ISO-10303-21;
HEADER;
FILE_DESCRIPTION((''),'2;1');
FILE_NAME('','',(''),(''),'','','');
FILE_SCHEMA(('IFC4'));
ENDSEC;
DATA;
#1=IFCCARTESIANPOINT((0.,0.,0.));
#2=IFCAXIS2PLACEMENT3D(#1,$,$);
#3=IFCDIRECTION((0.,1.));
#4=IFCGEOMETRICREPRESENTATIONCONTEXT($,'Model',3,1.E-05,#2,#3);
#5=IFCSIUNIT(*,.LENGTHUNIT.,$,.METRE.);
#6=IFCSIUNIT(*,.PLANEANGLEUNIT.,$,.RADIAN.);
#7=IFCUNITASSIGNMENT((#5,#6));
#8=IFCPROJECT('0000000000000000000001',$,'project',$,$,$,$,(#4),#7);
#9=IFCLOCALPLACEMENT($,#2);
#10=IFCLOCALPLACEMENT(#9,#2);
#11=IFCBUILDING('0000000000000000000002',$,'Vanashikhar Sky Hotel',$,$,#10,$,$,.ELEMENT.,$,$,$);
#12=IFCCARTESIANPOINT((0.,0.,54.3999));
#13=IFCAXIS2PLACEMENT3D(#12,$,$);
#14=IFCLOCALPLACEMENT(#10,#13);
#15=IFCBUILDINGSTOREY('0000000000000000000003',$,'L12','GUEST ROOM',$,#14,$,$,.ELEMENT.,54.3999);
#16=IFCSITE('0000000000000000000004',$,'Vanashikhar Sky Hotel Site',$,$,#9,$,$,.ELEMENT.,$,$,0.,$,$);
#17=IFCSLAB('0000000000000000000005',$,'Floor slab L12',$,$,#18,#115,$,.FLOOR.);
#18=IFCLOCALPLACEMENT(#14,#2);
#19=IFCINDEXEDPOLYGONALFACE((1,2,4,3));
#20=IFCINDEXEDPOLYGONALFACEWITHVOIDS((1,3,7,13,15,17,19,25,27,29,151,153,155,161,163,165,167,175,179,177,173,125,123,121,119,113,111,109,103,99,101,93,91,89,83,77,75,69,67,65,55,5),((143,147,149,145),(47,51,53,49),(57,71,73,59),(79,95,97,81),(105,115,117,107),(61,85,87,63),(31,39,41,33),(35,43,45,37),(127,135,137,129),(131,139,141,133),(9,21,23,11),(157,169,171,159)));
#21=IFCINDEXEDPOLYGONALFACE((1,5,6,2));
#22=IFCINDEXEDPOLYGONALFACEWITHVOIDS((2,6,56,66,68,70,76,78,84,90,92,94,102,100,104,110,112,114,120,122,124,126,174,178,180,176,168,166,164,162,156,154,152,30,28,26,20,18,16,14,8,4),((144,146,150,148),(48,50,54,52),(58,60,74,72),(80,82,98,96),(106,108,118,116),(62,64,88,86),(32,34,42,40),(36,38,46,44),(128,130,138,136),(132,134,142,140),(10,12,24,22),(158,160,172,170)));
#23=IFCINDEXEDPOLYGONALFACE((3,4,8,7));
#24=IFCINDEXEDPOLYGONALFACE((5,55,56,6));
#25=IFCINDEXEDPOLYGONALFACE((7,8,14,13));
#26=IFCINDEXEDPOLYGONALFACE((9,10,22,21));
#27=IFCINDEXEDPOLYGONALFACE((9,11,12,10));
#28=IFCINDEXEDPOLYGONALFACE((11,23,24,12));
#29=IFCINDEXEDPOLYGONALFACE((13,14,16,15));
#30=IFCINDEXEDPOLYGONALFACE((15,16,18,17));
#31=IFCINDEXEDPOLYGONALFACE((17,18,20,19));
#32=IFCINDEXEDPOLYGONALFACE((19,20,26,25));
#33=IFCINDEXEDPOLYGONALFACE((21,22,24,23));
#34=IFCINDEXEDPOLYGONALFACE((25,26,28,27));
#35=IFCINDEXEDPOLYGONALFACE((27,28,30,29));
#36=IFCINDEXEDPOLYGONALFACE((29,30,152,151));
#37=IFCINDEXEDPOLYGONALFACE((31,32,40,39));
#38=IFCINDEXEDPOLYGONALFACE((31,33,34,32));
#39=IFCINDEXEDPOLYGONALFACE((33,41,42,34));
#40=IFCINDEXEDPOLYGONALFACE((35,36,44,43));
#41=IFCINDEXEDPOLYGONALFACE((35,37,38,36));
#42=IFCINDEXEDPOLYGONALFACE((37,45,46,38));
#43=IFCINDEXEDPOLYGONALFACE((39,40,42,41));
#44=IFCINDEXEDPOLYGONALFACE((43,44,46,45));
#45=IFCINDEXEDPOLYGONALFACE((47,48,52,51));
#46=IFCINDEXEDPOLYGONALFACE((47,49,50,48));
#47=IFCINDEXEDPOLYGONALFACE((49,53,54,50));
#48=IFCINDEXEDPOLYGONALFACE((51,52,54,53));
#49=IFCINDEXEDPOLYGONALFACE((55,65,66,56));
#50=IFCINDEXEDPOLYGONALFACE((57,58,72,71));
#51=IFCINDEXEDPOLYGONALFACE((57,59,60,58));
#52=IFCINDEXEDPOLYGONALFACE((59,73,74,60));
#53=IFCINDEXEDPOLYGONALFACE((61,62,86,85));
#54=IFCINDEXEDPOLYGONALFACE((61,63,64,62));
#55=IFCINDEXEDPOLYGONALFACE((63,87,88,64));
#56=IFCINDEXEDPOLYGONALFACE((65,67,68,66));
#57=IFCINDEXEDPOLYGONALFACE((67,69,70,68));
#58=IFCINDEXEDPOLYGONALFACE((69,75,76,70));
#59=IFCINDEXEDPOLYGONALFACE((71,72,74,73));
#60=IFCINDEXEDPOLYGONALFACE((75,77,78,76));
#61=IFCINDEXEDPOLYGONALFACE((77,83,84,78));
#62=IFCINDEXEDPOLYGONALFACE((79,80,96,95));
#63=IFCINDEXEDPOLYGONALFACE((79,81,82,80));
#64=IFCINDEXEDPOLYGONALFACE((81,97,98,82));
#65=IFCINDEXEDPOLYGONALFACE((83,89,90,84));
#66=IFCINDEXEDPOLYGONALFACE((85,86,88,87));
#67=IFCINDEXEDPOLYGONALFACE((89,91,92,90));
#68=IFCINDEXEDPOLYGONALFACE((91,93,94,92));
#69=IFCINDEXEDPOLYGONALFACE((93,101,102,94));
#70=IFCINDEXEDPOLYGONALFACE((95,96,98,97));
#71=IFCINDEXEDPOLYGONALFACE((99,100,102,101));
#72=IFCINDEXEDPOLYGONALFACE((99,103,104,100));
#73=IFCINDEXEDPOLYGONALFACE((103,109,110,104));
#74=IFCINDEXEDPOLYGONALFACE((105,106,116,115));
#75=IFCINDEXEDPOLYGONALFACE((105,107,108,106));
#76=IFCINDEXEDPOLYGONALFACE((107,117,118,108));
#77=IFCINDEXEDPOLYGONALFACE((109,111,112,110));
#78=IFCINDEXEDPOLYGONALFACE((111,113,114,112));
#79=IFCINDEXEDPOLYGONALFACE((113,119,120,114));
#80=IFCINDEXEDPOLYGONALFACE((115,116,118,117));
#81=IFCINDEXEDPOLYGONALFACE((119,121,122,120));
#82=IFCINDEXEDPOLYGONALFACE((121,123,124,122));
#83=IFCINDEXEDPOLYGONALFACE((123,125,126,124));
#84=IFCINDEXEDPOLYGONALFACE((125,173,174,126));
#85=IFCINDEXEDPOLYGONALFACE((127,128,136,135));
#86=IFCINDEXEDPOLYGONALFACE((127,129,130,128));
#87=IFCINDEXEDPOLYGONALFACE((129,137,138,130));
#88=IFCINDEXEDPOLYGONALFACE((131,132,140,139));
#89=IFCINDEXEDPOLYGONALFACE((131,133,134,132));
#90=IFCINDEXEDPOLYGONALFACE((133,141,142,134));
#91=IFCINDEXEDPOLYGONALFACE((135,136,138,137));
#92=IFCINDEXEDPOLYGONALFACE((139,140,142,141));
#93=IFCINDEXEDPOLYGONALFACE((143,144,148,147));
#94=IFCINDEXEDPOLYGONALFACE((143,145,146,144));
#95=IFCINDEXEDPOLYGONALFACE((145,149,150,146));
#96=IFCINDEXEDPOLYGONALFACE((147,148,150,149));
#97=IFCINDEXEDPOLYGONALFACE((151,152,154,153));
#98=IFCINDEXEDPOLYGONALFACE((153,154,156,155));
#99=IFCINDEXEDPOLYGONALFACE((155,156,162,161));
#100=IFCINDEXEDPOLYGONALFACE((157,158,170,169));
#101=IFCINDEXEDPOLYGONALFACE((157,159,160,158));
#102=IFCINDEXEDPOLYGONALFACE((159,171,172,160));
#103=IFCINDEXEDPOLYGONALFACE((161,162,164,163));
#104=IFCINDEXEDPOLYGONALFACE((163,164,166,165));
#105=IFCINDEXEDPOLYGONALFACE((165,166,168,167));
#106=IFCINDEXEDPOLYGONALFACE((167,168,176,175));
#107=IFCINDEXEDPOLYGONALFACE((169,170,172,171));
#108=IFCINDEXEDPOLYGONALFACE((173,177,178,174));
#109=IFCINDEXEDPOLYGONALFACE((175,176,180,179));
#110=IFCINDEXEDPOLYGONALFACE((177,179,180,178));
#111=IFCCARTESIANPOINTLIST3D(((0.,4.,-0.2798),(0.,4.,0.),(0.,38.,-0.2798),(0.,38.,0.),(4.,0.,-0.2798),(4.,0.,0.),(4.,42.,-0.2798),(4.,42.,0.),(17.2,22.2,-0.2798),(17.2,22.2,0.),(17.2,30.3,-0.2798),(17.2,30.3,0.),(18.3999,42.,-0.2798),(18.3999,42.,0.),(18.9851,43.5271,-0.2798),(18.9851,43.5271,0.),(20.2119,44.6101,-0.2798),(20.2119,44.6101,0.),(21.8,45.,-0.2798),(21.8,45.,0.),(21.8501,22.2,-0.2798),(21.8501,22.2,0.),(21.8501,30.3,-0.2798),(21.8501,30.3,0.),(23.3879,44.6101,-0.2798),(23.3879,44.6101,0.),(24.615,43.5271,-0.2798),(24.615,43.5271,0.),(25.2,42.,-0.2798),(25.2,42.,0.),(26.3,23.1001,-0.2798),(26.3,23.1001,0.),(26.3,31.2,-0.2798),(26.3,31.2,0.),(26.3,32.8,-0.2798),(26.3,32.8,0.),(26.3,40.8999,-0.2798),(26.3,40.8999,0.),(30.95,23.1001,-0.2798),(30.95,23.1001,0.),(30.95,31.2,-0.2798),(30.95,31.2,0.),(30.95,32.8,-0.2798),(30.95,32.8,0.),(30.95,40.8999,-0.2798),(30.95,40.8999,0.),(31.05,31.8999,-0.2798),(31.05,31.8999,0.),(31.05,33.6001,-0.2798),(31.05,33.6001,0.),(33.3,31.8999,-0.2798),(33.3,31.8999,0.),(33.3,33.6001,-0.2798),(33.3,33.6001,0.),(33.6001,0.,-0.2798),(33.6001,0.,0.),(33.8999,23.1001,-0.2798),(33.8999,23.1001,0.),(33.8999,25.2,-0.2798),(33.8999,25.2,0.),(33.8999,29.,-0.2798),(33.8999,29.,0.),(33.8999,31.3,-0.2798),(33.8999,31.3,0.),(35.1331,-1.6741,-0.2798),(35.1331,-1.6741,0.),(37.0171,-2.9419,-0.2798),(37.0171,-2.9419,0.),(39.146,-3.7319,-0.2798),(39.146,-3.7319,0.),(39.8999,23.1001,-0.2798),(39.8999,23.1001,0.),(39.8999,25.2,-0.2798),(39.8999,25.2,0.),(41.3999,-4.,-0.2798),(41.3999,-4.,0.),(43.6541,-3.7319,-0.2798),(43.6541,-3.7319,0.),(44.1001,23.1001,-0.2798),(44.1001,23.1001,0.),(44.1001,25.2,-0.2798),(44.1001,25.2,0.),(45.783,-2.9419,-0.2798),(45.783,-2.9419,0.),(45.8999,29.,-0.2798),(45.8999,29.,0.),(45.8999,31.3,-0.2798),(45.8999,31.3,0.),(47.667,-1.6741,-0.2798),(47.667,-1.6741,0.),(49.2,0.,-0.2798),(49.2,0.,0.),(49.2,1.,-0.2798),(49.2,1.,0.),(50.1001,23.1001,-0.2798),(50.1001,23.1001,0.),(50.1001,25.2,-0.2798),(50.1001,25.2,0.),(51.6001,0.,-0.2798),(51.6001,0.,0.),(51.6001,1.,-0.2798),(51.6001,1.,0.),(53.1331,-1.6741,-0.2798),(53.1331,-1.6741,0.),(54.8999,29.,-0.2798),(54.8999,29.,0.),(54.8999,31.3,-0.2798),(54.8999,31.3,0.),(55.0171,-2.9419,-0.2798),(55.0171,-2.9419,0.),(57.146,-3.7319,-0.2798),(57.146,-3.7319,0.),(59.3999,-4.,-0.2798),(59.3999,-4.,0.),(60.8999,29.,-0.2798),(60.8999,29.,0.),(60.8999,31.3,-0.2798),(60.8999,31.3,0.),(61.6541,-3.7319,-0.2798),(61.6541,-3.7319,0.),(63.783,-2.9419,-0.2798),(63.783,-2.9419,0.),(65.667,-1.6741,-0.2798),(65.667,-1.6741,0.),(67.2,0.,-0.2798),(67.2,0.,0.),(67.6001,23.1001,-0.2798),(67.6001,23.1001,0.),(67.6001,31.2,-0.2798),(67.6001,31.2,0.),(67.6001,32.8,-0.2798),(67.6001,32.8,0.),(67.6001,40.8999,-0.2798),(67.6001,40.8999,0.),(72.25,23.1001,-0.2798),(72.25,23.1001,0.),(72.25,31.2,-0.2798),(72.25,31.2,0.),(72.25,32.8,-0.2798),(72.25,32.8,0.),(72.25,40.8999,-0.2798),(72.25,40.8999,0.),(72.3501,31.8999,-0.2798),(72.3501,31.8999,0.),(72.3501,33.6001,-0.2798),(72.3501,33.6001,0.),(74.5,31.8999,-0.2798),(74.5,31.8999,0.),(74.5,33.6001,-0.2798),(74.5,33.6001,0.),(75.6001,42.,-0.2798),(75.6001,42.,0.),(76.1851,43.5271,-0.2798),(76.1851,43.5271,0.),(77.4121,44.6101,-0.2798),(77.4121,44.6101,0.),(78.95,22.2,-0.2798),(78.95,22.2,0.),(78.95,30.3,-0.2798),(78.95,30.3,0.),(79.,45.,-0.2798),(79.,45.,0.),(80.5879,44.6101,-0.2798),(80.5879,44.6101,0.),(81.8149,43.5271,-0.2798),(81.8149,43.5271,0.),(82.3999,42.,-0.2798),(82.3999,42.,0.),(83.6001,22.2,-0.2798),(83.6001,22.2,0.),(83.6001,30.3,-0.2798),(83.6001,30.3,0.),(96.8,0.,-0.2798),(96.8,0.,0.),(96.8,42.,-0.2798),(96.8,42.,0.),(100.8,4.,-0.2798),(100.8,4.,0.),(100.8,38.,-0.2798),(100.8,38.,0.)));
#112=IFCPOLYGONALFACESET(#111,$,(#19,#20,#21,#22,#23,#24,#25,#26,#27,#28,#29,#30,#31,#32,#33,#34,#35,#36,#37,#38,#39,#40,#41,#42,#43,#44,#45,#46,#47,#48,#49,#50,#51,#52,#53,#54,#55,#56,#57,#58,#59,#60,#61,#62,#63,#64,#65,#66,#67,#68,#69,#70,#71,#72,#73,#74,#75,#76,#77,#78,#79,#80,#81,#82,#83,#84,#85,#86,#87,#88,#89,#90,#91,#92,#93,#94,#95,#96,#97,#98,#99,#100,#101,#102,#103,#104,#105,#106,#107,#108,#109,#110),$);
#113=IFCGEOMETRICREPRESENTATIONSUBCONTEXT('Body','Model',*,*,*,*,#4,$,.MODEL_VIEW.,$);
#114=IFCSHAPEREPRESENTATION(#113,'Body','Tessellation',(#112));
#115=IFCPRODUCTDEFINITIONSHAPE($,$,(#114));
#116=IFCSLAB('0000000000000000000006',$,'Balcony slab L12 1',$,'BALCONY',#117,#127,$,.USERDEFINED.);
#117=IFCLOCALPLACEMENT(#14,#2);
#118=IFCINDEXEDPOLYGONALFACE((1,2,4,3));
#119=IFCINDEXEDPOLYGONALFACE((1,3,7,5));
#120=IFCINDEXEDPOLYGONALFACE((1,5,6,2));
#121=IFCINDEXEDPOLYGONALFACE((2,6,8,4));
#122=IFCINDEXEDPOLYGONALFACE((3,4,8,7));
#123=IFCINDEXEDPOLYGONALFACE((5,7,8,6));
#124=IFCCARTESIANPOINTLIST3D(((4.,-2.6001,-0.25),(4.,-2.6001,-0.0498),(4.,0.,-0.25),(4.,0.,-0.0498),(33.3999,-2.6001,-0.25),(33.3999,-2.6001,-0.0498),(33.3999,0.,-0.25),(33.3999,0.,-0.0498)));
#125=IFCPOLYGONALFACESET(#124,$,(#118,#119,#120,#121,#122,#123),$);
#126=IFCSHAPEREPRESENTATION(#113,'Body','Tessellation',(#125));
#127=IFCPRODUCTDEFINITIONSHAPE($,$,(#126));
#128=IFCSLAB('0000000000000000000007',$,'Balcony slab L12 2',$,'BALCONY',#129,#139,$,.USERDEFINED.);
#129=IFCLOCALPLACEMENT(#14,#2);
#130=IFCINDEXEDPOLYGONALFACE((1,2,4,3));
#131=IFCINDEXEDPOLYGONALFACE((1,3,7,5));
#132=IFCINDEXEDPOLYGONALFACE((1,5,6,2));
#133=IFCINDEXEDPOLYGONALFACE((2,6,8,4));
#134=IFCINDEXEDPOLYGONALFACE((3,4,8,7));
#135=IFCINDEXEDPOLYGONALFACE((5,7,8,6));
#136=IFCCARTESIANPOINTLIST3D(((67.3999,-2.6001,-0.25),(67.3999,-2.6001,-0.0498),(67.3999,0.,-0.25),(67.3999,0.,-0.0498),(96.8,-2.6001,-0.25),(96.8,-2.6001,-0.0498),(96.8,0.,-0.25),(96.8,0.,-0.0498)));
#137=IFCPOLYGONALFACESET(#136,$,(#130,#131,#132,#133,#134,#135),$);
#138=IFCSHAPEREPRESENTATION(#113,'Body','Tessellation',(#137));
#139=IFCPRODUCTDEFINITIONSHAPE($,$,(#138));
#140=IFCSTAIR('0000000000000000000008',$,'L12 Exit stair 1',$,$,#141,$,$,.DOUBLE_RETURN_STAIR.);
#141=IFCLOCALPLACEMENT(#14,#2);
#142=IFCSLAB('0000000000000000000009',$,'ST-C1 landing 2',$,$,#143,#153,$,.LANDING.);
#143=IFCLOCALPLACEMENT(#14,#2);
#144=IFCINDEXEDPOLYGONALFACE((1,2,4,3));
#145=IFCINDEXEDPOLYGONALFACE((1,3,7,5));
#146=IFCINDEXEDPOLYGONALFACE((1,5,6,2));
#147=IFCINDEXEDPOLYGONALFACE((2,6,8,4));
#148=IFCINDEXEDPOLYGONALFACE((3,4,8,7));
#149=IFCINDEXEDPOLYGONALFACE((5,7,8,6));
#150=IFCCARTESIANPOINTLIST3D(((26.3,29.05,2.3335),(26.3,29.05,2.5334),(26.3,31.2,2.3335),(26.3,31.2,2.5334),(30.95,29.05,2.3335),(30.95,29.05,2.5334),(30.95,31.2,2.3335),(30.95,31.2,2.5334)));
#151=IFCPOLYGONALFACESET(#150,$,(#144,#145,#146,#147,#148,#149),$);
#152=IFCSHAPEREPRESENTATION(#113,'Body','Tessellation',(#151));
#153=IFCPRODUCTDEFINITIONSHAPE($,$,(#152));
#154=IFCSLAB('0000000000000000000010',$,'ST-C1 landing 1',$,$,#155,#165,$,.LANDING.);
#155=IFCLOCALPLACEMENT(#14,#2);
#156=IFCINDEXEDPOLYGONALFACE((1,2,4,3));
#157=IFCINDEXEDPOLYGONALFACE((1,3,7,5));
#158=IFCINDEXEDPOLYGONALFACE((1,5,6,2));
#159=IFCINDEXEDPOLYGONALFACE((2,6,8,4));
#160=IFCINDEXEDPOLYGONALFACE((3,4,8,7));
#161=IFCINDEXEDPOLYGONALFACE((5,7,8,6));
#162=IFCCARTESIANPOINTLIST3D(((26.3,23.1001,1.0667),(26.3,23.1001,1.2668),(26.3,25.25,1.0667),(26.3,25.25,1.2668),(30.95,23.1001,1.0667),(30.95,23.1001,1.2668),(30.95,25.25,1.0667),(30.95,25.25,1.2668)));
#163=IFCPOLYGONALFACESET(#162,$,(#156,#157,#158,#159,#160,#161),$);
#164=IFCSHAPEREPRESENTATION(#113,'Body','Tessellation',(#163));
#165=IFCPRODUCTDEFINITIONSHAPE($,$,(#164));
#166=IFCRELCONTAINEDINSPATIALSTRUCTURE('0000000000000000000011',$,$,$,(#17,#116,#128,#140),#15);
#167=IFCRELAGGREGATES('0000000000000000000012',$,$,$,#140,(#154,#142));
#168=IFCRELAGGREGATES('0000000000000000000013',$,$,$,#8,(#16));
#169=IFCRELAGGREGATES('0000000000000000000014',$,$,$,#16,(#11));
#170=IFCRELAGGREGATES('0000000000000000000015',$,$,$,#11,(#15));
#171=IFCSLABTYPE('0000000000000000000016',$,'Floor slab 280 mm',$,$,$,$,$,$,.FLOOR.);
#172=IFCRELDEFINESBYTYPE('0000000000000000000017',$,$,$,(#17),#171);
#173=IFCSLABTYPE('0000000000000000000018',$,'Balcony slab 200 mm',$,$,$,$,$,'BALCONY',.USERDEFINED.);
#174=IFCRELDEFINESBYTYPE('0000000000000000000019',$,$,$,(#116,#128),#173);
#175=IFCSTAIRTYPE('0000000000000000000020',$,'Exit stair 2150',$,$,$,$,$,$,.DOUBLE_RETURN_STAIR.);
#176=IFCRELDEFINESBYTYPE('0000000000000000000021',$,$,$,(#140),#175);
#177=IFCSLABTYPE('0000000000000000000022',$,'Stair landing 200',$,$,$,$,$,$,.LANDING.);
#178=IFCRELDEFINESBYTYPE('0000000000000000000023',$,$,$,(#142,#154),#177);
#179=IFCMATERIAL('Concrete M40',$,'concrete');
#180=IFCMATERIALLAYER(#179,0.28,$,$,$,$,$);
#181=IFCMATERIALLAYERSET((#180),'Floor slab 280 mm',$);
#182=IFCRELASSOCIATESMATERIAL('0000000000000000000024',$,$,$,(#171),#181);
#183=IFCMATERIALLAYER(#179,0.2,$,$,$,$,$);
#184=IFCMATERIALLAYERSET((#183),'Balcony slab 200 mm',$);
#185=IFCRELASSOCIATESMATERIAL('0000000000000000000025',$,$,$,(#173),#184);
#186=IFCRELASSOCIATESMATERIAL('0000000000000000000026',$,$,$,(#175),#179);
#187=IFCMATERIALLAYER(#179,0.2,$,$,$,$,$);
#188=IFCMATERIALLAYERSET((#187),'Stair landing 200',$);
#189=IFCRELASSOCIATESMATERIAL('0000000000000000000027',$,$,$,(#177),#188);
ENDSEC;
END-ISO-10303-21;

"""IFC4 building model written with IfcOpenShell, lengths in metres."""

from ifc_helpers import new_model, si_unit, direction, frame, origin, place, context, subcontext, project, spatial, polyline, outline, extrude, source, transform, mapped, material, layer, layer_set, type_object, element, aggregate, save


model = new_model("IFC4")

# Units and contexts
model_context = context("Model", 3, precision=1e-05, world=origin(), true_north=direction((0.0, 1.0)))
body_context = subcontext(model_context, "Body", "Model", "MODEL_VIEW")
ifc_project = project(units=[si_unit("LENGTHUNIT", "METRE"), si_unit("PLANEANGLEUNIT", "RADIAN")], contexts=[model_context])

# Site, building, storey
site_placement = place(None, origin())
site = spatial("IfcSite", under=ifc_project, at=site_placement, Name="Vanashikhar Sky Hotel Site", CompositionType="ELEMENT", RefElevation=0.0)
building_placement = place(site_placement, origin())
building = spatial("IfcBuilding", under=site, at=building_placement, Name="Vanashikhar Sky Hotel", CompositionType="ELEMENT")
storey_placement = place(building_placement, frame((0.0, 0.0, 54.3999)))
storey = spatial("IfcBuildingStorey", under=building, at=storey_placement, Name="L12", Description="GUEST ROOM", CompositionType="ELEMENT", Elevation=54.3999)

# Slabs
ifc_material_1 = material(Name="Concrete M40", Category="concrete")
ifc_layer_1 = layer(ifc_material_1, 0.28)
ifc_layer_set_1 = layer_set([ifc_layer_1], Name="Floor slab 280 mm")
slab_type_1 = type_object("IfcSlabType", Name="Floor slab 280 mm", PredefinedType="FLOOR", material=ifc_layer_set_1)
shared_shape_1 = source(origin(), body_context, "Body", "SweptSolid", [
    extrude(outline(polyline([(49.2, 0.0), (49.2, 1.0), (51.6001, 1.0), (51.6001, 0.0), (53.1331, -1.6741), (55.0171, -2.9419), (57.146, -3.7319), (59.3999, -4.0), (61.6541, -3.7319), (63.783, -2.9419), (65.667, -1.6741), (67.2, 0.0), (96.8, 0.0), (100.8, 4.0), (100.8, 38.0), (96.8, 42.0), (82.3999, 42.0), (81.8149, 43.5271), (80.5879, 44.6101), (79.0, 45.0), (77.4121, 44.6101), (76.1851, 43.5271), (75.6001, 42.0), (25.2, 42.0), (24.615, 43.5271), (23.3879, 44.6101), (21.8, 45.0), (20.2119, 44.6101), (18.9851, 43.5271), (18.3999, 42.0), (4.0, 42.0), (0.0, 38.0), (0.0, 4.0), (4.0, 0.0), (33.6001, 0.0), (35.1331, -1.6741), (37.0171, -2.9419), (39.146, -3.7319), (41.3999, -4.0), (43.6541, -3.7319), (45.783, -2.9419), (47.667, -1.6741), (49.2, 0.0)]), holes=[polyline([(33.3, 33.6001), (31.05, 33.6001), (31.05, 31.8999), (33.3, 31.8999), (33.3, 33.6001)]), polyline([(33.8999, 25.2), (33.8999, 23.1001), (39.8999, 23.1001), (39.8999, 25.2), (33.8999, 25.2)]), polyline([(33.8999, 31.3), (33.8999, 29.0), (45.8999, 29.0), (45.8999, 31.3), (33.8999, 31.3)]), polyline([(44.1001, 25.2), (44.1001, 23.1001), (50.1001, 23.1001), (50.1001, 25.2), (44.1001, 25.2)]), polyline([(54.8999, 31.3), (54.8999, 29.0), (60.8999, 29.0), (60.8999, 31.3), (54.8999, 31.3)]), polyline([(74.5, 33.6001), (72.3501, 33.6001), (72.3501, 31.8999), (74.5, 31.8999), (74.5, 33.6001)]), polyline([(30.95, 23.1001), (30.95, 31.2), (26.3, 31.2), (26.3, 23.1001), (30.95, 23.1001)]), polyline([(72.25, 23.1001), (72.25, 31.2), (67.6001, 31.2), (67.6001, 23.1001), (72.25, 23.1001)]), polyline([(30.95, 32.8), (30.95, 40.8999), (26.3, 40.8999), (26.3, 32.8), (30.95, 32.8)]), polyline([(72.25, 32.8), (72.25, 40.8999), (67.6001, 40.8999), (67.6001, 32.8), (72.25, 32.8)]), polyline([(83.6001, 22.2), (83.6001, 30.3), (78.95, 30.3), (78.95, 22.2), (83.6001, 22.2)]), polyline([(21.8501, 22.2), (21.8501, 30.3), (17.2, 30.3), (17.2, 22.2), (21.8501, 22.2)])]), origin(), (0.0, 0.0, 1.0), 0.2798),
])
slab_1_placement = place(storey_placement, frame((0.0, 0.0, -0.2798)))
element("IfcSlab", 1, at=slab_1_placement, inside=storey, type_object=slab_type_1, Name="Floor slab L12", PredefinedType="FLOOR", context=body_context, shape_type="MappedRepresentation", body=[
    mapped(shared_shape_1, transform((0.0, 0.0, 0.0), scale=1.0)),
])
ifc_layer_2 = layer(ifc_material_1, 0.2)
ifc_layer_set_2 = layer_set([ifc_layer_2], Name="Balcony slab 200 mm")
slab_type_2 = type_object("IfcSlabType", Name="Balcony slab 200 mm", ElementType="BALCONY", PredefinedType="USERDEFINED", material=ifc_layer_set_2)
shared_shape_2 = source(origin(), body_context, "Body", "SweptSolid", [
    extrude(outline(polyline([(4.0, -2.6001), (33.3999, -2.6001), (33.3999, 0.0), (4.0, 0.0), (4.0, -2.6001)])), origin(), (0.0, 0.0, 1.0), 0.2002),
])
slab_2_placement = place(storey_placement, frame((0.0, 0.0, -0.25)))
element("IfcSlab", 2, at=slab_2_placement, inside=storey, type_object=slab_type_2, Name="Balcony slab L12 1", ObjectType="BALCONY", PredefinedType="USERDEFINED", context=body_context, shape_type="MappedRepresentation", body=[
    mapped(shared_shape_2, transform((0.0, 0.0, 0.0), scale=1.0)),
])
shared_shape_3 = source(origin(), body_context, "Body", "SweptSolid", [
    extrude(outline(polyline([(67.3999, -2.6001), (96.8, -2.6001), (96.8, 0.0), (67.3999, 0.0), (67.3999, -2.6001)])), origin(), (0.0, 0.0, 1.0), 0.2002),
])
slab_3_placement = place(storey_placement, frame((0.0, 0.0, -0.25)))
element("IfcSlab", 3, at=slab_3_placement, inside=storey, type_object=slab_type_2, Name="Balcony slab L12 2", ObjectType="BALCONY", PredefinedType="USERDEFINED", context=body_context, shape_type="MappedRepresentation", body=[
    mapped(shared_shape_3, transform((0.0, 0.0, 0.0), scale=1.0)),
])

# Stair, slabs
stair_type = type_object("IfcStairType", Name="Exit stair 2150", PredefinedType="DOUBLE_RETURN_STAIR", material=ifc_material_1)
stair_1_placement = place(storey_placement, origin())
stair_1 = element("IfcStair", 4, at=stair_1_placement, inside=storey, type_object=stair_type, Name="L12 Exit stair 1", PredefinedType="DOUBLE_RETURN_STAIR")
ifc_layer_3 = layer(ifc_material_1, 0.2)
ifc_layer_set_3 = layer_set([ifc_layer_3], Name="Stair landing 200")
slab_type_3 = type_object("IfcSlabType", Name="Stair landing 200", PredefinedType="LANDING", material=ifc_layer_set_3)
shared_shape_4 = source(origin(), body_context, "Body", "SweptSolid", [
    extrude(outline(polyline([(30.95, 29.05), (30.95, 31.2), (26.3, 31.2), (26.3, 29.05), (30.95, 29.05)])), origin(), (0.0, 0.0, 1.0), 0.2),
])
slab_4_placement = place(storey_placement, frame((0.0, 0.0, 2.3335)))
slab_4 = element("IfcSlab", 5, at=slab_4_placement, type_object=slab_type_3, Name="ST-C1 landing 2", PredefinedType="LANDING", context=body_context, shape_type="MappedRepresentation", body=[
    mapped(shared_shape_4, transform((0.0, 0.0, 0.0), scale=1.0)),
])
shared_shape_5 = source(origin(), body_context, "Body", "SweptSolid", [
    extrude(outline(polyline([(30.95, 23.1001), (30.95, 25.25), (26.3, 25.25), (26.3, 23.1001), (30.95, 23.1001)])), origin(), (0.0, 0.0, 1.0), 0.2002),
])
slab_5_placement = place(storey_placement, frame((0.0, 0.0, 1.0667)))
slab_5 = element("IfcSlab", 6, at=slab_5_placement, type_object=slab_type_3, Name="ST-C1 landing 1", PredefinedType="LANDING", context=body_context, shape_type="MappedRepresentation", body=[
    mapped(shared_shape_5, transform((0.0, 0.0, 0.0), scale=1.0)),
])
aggregate(stair_1, [slab_5, slab_4])

save(model, "model.ifc")
